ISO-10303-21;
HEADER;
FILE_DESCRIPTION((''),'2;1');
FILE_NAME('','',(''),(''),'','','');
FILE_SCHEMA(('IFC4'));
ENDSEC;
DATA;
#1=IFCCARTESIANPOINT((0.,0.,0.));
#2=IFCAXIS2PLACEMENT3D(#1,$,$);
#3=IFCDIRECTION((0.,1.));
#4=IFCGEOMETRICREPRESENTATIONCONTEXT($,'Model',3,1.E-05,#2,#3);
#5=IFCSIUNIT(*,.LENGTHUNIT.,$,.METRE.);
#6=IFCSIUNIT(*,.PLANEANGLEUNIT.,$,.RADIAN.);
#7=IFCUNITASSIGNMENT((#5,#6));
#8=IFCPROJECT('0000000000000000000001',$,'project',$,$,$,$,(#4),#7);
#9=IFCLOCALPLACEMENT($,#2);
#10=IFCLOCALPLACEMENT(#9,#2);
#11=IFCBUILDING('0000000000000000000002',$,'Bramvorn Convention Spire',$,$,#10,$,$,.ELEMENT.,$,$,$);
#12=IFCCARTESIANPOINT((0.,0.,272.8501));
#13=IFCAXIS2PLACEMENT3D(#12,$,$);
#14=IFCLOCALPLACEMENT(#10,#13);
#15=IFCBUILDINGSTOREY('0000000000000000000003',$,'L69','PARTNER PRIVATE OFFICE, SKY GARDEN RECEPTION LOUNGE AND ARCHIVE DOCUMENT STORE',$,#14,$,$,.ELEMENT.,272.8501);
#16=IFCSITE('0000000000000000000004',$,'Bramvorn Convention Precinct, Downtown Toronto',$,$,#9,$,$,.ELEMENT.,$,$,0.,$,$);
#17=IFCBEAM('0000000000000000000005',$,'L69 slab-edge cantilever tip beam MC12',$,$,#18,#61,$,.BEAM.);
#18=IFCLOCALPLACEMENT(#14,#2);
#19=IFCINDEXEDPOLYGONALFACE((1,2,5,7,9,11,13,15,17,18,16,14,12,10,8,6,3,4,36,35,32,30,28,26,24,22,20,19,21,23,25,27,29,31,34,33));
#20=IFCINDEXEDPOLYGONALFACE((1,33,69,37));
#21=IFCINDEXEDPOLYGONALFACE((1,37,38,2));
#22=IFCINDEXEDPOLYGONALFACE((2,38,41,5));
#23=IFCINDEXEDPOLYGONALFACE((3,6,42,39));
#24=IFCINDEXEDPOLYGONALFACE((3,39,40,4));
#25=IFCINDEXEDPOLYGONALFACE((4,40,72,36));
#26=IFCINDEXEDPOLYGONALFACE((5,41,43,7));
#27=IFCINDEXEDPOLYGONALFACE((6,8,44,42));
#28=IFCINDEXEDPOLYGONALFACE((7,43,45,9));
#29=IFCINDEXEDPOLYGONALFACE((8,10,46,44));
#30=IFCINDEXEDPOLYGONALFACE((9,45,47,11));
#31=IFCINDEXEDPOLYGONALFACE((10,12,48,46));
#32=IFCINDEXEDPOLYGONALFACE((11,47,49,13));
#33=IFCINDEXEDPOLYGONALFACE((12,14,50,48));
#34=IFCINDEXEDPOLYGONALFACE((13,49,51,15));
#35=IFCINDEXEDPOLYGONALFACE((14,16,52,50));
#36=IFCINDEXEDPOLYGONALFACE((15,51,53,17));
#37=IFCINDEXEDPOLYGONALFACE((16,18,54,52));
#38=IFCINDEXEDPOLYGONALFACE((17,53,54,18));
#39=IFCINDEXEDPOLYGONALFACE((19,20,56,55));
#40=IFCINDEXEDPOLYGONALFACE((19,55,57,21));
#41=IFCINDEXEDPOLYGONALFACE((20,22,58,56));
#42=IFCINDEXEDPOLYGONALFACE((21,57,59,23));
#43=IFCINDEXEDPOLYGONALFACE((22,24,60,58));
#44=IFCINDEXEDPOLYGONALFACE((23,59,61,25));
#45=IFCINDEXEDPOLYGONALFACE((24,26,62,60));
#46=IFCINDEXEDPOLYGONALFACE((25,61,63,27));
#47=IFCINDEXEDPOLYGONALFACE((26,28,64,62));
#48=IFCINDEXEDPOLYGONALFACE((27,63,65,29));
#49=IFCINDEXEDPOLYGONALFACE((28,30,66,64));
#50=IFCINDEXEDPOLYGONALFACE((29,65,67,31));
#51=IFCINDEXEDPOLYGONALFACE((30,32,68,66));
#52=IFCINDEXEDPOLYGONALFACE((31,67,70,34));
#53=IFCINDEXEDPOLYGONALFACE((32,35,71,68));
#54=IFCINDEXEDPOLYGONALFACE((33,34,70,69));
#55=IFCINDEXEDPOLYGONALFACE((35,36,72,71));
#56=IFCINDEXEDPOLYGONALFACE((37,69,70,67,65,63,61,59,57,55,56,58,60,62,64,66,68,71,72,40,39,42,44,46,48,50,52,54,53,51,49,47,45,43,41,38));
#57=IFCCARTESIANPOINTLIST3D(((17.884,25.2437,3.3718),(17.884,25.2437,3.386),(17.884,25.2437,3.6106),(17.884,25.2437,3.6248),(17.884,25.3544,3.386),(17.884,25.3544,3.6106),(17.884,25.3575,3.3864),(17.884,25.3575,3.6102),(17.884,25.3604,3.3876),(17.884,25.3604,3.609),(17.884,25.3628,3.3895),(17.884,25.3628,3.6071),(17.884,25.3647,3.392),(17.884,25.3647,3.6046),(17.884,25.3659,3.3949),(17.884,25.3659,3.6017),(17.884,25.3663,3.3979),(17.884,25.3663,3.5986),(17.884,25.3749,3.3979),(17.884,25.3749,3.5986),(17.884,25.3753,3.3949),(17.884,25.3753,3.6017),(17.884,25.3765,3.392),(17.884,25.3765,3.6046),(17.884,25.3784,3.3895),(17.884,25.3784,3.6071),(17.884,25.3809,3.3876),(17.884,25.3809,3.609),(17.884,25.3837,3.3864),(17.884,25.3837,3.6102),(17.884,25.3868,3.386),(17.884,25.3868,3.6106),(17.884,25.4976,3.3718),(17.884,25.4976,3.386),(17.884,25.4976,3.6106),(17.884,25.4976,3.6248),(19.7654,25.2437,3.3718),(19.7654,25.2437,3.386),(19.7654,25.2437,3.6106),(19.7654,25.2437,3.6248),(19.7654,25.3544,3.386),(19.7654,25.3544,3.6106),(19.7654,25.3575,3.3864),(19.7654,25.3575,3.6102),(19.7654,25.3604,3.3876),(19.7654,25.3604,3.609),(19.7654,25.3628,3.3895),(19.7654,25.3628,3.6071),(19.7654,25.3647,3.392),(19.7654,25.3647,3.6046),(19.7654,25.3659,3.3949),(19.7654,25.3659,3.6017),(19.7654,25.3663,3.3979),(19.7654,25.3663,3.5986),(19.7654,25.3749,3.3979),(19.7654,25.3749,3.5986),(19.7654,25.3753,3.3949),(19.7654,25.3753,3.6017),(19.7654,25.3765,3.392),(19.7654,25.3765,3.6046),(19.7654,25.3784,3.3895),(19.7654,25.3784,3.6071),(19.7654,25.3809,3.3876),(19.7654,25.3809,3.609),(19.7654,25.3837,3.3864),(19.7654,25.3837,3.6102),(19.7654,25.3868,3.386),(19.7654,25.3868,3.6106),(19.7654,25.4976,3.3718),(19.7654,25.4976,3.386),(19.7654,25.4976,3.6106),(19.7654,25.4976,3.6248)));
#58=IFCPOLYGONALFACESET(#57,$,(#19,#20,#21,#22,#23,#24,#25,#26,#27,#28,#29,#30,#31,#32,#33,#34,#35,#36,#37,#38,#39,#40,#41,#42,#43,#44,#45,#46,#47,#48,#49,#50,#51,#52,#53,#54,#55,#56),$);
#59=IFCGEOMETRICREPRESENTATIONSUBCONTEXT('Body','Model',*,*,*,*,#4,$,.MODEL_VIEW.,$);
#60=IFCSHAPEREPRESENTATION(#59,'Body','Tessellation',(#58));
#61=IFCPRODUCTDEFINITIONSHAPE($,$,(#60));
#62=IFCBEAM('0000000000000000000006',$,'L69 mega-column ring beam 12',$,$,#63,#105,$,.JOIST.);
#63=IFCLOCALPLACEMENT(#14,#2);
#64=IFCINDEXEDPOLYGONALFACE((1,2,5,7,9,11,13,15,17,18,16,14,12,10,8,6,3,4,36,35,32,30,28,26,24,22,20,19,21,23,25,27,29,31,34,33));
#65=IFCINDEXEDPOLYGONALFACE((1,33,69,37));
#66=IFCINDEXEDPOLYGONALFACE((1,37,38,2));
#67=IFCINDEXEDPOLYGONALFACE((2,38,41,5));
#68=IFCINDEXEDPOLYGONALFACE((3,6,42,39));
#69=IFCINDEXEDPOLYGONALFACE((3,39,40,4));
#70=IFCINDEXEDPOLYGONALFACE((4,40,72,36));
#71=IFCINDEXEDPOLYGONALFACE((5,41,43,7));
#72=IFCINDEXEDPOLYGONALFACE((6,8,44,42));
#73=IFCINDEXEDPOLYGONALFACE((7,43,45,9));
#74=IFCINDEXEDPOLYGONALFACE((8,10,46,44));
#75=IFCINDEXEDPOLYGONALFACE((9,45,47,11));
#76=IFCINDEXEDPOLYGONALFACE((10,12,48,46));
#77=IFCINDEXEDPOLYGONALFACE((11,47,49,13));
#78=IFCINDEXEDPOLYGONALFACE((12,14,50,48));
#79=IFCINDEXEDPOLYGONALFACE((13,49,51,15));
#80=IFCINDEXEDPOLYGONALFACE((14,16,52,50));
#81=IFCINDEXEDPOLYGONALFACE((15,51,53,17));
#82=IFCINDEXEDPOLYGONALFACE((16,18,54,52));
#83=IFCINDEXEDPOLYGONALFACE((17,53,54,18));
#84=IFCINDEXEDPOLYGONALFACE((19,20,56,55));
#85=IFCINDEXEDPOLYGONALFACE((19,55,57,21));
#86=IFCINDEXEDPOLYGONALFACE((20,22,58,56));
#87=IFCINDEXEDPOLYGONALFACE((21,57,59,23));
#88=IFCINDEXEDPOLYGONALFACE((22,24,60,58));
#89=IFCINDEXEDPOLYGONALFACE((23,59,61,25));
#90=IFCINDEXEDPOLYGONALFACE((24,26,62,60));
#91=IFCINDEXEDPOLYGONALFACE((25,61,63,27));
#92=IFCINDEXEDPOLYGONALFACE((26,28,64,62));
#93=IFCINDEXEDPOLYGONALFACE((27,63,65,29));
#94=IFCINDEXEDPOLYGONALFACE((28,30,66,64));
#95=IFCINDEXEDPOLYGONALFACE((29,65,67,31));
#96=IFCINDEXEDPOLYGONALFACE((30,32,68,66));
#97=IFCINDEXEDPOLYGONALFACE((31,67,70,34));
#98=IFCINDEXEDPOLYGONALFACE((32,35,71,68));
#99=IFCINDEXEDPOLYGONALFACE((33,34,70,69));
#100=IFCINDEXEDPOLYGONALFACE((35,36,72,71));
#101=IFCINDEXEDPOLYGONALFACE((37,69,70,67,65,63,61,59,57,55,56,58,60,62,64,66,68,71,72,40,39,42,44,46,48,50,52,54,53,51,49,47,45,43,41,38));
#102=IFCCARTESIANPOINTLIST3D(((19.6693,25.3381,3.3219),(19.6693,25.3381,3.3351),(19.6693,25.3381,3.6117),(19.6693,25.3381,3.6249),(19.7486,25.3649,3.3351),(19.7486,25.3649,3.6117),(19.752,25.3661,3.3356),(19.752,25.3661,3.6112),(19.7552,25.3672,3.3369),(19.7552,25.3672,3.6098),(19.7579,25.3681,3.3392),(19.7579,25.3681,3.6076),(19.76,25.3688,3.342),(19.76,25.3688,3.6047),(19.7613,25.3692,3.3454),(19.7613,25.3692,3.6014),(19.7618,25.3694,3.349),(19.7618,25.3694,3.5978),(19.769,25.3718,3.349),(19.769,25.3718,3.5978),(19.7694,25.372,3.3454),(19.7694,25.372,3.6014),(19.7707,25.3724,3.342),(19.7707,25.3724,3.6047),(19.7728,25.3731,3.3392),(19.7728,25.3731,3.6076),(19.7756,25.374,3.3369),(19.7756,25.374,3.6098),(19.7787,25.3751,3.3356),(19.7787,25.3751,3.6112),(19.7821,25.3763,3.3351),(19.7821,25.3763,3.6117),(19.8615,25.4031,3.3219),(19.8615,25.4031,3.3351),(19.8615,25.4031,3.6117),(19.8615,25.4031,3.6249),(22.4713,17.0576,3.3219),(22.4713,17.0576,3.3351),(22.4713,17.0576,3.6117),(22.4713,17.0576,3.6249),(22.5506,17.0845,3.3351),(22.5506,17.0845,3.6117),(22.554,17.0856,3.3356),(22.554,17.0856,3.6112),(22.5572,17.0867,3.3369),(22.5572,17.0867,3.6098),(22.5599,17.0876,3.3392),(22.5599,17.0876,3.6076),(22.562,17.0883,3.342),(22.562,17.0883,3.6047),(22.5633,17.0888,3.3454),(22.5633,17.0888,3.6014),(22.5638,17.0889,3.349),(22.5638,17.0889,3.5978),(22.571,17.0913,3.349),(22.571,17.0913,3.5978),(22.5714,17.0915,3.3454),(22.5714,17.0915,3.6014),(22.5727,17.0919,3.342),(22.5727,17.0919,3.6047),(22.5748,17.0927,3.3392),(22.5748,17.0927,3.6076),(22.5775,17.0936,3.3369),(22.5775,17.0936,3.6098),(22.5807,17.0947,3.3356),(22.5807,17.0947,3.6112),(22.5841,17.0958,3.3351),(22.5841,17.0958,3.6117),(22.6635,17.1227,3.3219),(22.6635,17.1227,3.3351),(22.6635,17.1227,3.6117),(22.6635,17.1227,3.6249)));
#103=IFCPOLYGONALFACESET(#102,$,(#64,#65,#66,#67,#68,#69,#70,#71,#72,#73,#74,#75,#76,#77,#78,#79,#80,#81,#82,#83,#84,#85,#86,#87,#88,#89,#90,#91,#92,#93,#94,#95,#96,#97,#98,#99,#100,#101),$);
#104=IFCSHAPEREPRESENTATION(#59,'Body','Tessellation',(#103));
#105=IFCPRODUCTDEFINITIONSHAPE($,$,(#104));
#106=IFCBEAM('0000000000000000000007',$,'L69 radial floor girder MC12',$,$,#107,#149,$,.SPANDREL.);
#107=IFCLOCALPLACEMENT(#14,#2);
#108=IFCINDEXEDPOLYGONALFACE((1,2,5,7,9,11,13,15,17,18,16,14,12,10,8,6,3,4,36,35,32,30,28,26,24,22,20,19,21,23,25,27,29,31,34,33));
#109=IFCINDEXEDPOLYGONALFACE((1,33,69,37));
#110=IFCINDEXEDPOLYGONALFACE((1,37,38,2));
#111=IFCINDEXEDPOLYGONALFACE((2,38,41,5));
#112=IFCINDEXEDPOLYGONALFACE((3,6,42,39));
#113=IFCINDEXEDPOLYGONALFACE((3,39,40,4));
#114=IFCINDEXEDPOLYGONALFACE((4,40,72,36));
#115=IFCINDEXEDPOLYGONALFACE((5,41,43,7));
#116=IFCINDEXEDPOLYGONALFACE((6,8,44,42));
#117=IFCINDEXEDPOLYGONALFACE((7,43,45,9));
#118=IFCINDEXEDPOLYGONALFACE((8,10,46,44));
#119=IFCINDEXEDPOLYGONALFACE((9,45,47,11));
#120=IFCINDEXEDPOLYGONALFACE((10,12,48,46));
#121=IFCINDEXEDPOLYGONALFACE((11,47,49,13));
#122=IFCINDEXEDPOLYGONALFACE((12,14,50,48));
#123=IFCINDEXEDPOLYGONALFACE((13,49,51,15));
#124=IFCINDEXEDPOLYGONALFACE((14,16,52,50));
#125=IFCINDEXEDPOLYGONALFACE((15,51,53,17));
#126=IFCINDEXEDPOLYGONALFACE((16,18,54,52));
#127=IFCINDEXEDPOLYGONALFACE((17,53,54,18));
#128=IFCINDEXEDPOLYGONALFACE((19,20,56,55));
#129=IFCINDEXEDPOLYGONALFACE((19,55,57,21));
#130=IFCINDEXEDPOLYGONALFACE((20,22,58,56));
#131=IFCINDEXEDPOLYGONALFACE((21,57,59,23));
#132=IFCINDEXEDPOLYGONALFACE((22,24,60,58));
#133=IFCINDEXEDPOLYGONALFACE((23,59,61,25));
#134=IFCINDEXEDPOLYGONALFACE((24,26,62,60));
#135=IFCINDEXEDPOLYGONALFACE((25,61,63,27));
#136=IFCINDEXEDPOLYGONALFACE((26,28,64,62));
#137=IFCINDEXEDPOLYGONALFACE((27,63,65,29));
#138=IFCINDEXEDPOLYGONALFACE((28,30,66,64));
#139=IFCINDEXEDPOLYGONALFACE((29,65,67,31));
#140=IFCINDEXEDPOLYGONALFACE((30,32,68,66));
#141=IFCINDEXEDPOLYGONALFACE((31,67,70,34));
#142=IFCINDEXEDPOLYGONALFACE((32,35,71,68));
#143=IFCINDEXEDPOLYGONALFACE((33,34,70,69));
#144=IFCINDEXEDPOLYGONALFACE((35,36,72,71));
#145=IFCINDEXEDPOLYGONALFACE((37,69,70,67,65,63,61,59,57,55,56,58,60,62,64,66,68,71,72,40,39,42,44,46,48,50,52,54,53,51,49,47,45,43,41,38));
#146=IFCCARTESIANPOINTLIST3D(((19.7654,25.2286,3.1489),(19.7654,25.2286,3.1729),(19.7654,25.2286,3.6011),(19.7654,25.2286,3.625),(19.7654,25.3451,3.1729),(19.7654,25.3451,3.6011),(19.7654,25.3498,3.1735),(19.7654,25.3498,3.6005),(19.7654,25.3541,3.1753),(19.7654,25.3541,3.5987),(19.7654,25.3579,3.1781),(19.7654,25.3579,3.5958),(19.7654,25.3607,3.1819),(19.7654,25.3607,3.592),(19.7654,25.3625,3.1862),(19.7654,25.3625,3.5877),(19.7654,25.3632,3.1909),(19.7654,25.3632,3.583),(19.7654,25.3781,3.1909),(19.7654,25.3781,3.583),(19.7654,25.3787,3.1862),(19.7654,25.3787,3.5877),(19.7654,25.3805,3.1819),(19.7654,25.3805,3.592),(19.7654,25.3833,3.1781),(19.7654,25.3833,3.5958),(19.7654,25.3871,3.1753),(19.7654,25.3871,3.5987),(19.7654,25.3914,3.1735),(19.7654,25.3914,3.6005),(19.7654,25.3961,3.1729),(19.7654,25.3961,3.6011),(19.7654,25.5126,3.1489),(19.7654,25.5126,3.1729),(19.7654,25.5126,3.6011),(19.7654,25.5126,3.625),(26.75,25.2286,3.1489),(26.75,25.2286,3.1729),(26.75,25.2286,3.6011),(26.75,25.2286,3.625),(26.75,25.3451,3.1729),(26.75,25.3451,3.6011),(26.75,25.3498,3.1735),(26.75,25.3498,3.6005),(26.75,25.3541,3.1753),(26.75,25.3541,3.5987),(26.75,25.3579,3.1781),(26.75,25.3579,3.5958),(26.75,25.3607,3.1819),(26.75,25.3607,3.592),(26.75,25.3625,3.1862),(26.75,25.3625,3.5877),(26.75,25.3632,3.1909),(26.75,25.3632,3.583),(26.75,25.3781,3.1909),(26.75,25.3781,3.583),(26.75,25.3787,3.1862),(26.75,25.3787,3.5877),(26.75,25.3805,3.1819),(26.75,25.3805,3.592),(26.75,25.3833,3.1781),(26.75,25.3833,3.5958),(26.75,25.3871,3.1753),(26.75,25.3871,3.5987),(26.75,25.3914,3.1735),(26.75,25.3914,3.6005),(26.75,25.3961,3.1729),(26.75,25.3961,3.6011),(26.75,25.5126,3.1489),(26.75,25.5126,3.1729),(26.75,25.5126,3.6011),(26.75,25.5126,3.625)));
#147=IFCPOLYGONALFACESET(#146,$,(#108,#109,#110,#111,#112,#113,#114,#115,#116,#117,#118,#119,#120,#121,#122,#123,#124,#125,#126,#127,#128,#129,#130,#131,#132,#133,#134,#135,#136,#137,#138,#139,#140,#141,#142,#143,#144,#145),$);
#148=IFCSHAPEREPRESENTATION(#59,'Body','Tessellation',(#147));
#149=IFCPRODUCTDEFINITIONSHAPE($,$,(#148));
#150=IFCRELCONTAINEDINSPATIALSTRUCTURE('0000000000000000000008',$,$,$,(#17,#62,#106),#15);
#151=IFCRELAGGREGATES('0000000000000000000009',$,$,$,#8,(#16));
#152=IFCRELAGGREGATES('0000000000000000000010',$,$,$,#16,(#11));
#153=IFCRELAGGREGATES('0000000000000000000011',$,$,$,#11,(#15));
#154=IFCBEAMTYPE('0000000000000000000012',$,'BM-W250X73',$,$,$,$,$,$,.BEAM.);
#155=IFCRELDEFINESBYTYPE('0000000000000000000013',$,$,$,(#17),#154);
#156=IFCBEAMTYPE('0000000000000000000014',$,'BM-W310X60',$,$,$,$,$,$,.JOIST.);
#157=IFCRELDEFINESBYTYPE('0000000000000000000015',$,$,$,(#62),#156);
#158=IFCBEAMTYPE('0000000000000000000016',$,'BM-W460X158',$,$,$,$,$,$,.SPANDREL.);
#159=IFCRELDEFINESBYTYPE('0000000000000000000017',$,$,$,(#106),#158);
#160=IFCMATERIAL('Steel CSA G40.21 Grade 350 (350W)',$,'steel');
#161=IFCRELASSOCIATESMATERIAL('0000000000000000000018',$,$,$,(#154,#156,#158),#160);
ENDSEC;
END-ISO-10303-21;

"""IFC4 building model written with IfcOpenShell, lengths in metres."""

from ifc_helpers import new_model, si_unit, direction, frame, origin, origin_2d, place, context, subcontext, project, spatial, i_section, extrude, material, material_profile, profile_set, type_object, element, save


model = new_model("IFC4")

# Units and contexts
model_context = context("Model", 3, precision=1e-05, world=origin(), true_north=direction((0.0, 1.0)))
body_context = subcontext(model_context, "Body", "Model", "MODEL_VIEW")
ifc_project = project(units=[si_unit("LENGTHUNIT", "METRE"), si_unit("PLANEANGLEUNIT", "RADIAN")], contexts=[model_context])

# Site, building, storey
site_placement = place(None, origin())
site = spatial("IfcSite", under=ifc_project, at=site_placement, Name="Bramvorn Convention Precinct, Downtown Toronto", CompositionType="ELEMENT", RefElevation=0.0)
building_placement = place(site_placement, origin())
building = spatial("IfcBuilding", under=site, at=building_placement, Name="Bramvorn Convention Spire", CompositionType="ELEMENT")
storey_placement = place(building_placement, frame((0.0, 0.0, 272.8501)))
storey = spatial("IfcBuildingStorey", under=building, at=storey_placement, Name="L69", Description="PARTNER PRIVATE OFFICE, SKY GARDEN RECEPTION LOUNGE AND ARCHIVE DOCUMENT STORE", CompositionType="ELEMENT", Elevation=272.8501)

# Shared definitions
ifc_material_1 = material(Name="Steel CSA G40.21 Grade 350 (350W)", Category="steel")

# Beams
ifc_material_profile_1 = material_profile(ifc_material_1, i_section(OverallWidth=0.2539, OverallDepth=0.2529, WebThickness=0.0085, FlangeThickness=0.0142, FilletRadius=0.012, at=origin_2d()))
ifc_profile_set_1 = profile_set([ifc_material_profile_1], Name="Steel CSA G40.21 Grade 350 (350W) - W250X73")
beam_type_1 = type_object("IfcBeamType", Name="BM-W250X73", PredefinedType="BEAM", material=ifc_profile_set_1)
beam_1_placement = place(storey_placement, frame((19.7654, 25.3706, 3.4983), z_axis=(-1.0, 0.0, 0.0), x_axis=(0.0, -1.0, 0.0)))
element("IfcBeam", 1, at=beam_1_placement, inside=storey, type_object=beam_type_1, Name="L69 slab-edge cantilever tip beam MC12", PredefinedType="BEAM", context=body_context, shape_type="SweptSolid", body=[
    extrude(i_section(OverallWidth=0.2539, OverallDepth=0.2529, WebThickness=0.0085, FlangeThickness=0.0142, FilletRadius=0.012, at=origin_2d()), origin(), (0.0, 0.0, 1.0), 1.8813),
])
ifc_material_profile_2 = material_profile(ifc_material_1, i_section(OverallWidth=0.2029, OverallDepth=0.303, WebThickness=0.0076, FlangeThickness=0.0132, FilletRadius=0.0139, at=origin_2d()))
ifc_profile_set_2 = profile_set([ifc_material_profile_2], Name="Steel CSA G40.21 Grade 350 (350W) - W310X60")
beam_type_2 = type_object("IfcBeamType", Name="BM-W310X60", PredefinedType="JOIST", material=ifc_profile_set_2)
beam_2_placement = place(storey_placement, frame((19.7654, 25.3706, 3.4734), z_axis=(0.320531, -0.947238, 0.0), x_axis=(0.947238, 0.320531, 0.0)))
element("IfcBeam", 2, at=beam_2_placement, inside=storey, type_object=beam_type_2, Name="L69 mega-column ring beam 12", PredefinedType="JOIST", context=body_context, shape_type="SweptSolid", body=[
    extrude(i_section(OverallWidth=0.2029, OverallDepth=0.303, WebThickness=0.0076, FlangeThickness=0.0132, FilletRadius=0.0139, at=origin_2d()), origin(), (0.0, 0.0, 1.0), 8.7417),
])
ifc_material_profile_3 = material_profile(ifc_material_1, i_section(OverallWidth=0.2839, OverallDepth=0.4761, WebThickness=0.0149, FlangeThickness=0.0239, FilletRadius=0.0181, at=origin_2d()))
ifc_profile_set_3 = profile_set([ifc_material_profile_3], Name="Steel CSA G40.21 Grade 350 (350W) - W460X158")
beam_type_3 = type_object("IfcBeamType", Name="BM-W460X158", PredefinedType="SPANDREL", material=ifc_profile_set_3)
beam_3_placement = place(storey_placement, frame((26.75, 25.3706, 3.387), z_axis=(-1.0, 0.0, 0.0), x_axis=(0.0, -1.0, 0.0)))
element("IfcBeam", 3, at=beam_3_placement, inside=storey, type_object=beam_type_3, Name="L69 radial floor girder MC12", PredefinedType="SPANDREL", context=body_context, shape_type="SweptSolid", body=[
    extrude(i_section(OverallWidth=0.2839, OverallDepth=0.4761, WebThickness=0.0149, FlangeThickness=0.0239, FilletRadius=0.0181, at=origin_2d()), origin(), (0.0, 0.0, 1.0), 6.9846),
])

save(model, "model.ifc")
